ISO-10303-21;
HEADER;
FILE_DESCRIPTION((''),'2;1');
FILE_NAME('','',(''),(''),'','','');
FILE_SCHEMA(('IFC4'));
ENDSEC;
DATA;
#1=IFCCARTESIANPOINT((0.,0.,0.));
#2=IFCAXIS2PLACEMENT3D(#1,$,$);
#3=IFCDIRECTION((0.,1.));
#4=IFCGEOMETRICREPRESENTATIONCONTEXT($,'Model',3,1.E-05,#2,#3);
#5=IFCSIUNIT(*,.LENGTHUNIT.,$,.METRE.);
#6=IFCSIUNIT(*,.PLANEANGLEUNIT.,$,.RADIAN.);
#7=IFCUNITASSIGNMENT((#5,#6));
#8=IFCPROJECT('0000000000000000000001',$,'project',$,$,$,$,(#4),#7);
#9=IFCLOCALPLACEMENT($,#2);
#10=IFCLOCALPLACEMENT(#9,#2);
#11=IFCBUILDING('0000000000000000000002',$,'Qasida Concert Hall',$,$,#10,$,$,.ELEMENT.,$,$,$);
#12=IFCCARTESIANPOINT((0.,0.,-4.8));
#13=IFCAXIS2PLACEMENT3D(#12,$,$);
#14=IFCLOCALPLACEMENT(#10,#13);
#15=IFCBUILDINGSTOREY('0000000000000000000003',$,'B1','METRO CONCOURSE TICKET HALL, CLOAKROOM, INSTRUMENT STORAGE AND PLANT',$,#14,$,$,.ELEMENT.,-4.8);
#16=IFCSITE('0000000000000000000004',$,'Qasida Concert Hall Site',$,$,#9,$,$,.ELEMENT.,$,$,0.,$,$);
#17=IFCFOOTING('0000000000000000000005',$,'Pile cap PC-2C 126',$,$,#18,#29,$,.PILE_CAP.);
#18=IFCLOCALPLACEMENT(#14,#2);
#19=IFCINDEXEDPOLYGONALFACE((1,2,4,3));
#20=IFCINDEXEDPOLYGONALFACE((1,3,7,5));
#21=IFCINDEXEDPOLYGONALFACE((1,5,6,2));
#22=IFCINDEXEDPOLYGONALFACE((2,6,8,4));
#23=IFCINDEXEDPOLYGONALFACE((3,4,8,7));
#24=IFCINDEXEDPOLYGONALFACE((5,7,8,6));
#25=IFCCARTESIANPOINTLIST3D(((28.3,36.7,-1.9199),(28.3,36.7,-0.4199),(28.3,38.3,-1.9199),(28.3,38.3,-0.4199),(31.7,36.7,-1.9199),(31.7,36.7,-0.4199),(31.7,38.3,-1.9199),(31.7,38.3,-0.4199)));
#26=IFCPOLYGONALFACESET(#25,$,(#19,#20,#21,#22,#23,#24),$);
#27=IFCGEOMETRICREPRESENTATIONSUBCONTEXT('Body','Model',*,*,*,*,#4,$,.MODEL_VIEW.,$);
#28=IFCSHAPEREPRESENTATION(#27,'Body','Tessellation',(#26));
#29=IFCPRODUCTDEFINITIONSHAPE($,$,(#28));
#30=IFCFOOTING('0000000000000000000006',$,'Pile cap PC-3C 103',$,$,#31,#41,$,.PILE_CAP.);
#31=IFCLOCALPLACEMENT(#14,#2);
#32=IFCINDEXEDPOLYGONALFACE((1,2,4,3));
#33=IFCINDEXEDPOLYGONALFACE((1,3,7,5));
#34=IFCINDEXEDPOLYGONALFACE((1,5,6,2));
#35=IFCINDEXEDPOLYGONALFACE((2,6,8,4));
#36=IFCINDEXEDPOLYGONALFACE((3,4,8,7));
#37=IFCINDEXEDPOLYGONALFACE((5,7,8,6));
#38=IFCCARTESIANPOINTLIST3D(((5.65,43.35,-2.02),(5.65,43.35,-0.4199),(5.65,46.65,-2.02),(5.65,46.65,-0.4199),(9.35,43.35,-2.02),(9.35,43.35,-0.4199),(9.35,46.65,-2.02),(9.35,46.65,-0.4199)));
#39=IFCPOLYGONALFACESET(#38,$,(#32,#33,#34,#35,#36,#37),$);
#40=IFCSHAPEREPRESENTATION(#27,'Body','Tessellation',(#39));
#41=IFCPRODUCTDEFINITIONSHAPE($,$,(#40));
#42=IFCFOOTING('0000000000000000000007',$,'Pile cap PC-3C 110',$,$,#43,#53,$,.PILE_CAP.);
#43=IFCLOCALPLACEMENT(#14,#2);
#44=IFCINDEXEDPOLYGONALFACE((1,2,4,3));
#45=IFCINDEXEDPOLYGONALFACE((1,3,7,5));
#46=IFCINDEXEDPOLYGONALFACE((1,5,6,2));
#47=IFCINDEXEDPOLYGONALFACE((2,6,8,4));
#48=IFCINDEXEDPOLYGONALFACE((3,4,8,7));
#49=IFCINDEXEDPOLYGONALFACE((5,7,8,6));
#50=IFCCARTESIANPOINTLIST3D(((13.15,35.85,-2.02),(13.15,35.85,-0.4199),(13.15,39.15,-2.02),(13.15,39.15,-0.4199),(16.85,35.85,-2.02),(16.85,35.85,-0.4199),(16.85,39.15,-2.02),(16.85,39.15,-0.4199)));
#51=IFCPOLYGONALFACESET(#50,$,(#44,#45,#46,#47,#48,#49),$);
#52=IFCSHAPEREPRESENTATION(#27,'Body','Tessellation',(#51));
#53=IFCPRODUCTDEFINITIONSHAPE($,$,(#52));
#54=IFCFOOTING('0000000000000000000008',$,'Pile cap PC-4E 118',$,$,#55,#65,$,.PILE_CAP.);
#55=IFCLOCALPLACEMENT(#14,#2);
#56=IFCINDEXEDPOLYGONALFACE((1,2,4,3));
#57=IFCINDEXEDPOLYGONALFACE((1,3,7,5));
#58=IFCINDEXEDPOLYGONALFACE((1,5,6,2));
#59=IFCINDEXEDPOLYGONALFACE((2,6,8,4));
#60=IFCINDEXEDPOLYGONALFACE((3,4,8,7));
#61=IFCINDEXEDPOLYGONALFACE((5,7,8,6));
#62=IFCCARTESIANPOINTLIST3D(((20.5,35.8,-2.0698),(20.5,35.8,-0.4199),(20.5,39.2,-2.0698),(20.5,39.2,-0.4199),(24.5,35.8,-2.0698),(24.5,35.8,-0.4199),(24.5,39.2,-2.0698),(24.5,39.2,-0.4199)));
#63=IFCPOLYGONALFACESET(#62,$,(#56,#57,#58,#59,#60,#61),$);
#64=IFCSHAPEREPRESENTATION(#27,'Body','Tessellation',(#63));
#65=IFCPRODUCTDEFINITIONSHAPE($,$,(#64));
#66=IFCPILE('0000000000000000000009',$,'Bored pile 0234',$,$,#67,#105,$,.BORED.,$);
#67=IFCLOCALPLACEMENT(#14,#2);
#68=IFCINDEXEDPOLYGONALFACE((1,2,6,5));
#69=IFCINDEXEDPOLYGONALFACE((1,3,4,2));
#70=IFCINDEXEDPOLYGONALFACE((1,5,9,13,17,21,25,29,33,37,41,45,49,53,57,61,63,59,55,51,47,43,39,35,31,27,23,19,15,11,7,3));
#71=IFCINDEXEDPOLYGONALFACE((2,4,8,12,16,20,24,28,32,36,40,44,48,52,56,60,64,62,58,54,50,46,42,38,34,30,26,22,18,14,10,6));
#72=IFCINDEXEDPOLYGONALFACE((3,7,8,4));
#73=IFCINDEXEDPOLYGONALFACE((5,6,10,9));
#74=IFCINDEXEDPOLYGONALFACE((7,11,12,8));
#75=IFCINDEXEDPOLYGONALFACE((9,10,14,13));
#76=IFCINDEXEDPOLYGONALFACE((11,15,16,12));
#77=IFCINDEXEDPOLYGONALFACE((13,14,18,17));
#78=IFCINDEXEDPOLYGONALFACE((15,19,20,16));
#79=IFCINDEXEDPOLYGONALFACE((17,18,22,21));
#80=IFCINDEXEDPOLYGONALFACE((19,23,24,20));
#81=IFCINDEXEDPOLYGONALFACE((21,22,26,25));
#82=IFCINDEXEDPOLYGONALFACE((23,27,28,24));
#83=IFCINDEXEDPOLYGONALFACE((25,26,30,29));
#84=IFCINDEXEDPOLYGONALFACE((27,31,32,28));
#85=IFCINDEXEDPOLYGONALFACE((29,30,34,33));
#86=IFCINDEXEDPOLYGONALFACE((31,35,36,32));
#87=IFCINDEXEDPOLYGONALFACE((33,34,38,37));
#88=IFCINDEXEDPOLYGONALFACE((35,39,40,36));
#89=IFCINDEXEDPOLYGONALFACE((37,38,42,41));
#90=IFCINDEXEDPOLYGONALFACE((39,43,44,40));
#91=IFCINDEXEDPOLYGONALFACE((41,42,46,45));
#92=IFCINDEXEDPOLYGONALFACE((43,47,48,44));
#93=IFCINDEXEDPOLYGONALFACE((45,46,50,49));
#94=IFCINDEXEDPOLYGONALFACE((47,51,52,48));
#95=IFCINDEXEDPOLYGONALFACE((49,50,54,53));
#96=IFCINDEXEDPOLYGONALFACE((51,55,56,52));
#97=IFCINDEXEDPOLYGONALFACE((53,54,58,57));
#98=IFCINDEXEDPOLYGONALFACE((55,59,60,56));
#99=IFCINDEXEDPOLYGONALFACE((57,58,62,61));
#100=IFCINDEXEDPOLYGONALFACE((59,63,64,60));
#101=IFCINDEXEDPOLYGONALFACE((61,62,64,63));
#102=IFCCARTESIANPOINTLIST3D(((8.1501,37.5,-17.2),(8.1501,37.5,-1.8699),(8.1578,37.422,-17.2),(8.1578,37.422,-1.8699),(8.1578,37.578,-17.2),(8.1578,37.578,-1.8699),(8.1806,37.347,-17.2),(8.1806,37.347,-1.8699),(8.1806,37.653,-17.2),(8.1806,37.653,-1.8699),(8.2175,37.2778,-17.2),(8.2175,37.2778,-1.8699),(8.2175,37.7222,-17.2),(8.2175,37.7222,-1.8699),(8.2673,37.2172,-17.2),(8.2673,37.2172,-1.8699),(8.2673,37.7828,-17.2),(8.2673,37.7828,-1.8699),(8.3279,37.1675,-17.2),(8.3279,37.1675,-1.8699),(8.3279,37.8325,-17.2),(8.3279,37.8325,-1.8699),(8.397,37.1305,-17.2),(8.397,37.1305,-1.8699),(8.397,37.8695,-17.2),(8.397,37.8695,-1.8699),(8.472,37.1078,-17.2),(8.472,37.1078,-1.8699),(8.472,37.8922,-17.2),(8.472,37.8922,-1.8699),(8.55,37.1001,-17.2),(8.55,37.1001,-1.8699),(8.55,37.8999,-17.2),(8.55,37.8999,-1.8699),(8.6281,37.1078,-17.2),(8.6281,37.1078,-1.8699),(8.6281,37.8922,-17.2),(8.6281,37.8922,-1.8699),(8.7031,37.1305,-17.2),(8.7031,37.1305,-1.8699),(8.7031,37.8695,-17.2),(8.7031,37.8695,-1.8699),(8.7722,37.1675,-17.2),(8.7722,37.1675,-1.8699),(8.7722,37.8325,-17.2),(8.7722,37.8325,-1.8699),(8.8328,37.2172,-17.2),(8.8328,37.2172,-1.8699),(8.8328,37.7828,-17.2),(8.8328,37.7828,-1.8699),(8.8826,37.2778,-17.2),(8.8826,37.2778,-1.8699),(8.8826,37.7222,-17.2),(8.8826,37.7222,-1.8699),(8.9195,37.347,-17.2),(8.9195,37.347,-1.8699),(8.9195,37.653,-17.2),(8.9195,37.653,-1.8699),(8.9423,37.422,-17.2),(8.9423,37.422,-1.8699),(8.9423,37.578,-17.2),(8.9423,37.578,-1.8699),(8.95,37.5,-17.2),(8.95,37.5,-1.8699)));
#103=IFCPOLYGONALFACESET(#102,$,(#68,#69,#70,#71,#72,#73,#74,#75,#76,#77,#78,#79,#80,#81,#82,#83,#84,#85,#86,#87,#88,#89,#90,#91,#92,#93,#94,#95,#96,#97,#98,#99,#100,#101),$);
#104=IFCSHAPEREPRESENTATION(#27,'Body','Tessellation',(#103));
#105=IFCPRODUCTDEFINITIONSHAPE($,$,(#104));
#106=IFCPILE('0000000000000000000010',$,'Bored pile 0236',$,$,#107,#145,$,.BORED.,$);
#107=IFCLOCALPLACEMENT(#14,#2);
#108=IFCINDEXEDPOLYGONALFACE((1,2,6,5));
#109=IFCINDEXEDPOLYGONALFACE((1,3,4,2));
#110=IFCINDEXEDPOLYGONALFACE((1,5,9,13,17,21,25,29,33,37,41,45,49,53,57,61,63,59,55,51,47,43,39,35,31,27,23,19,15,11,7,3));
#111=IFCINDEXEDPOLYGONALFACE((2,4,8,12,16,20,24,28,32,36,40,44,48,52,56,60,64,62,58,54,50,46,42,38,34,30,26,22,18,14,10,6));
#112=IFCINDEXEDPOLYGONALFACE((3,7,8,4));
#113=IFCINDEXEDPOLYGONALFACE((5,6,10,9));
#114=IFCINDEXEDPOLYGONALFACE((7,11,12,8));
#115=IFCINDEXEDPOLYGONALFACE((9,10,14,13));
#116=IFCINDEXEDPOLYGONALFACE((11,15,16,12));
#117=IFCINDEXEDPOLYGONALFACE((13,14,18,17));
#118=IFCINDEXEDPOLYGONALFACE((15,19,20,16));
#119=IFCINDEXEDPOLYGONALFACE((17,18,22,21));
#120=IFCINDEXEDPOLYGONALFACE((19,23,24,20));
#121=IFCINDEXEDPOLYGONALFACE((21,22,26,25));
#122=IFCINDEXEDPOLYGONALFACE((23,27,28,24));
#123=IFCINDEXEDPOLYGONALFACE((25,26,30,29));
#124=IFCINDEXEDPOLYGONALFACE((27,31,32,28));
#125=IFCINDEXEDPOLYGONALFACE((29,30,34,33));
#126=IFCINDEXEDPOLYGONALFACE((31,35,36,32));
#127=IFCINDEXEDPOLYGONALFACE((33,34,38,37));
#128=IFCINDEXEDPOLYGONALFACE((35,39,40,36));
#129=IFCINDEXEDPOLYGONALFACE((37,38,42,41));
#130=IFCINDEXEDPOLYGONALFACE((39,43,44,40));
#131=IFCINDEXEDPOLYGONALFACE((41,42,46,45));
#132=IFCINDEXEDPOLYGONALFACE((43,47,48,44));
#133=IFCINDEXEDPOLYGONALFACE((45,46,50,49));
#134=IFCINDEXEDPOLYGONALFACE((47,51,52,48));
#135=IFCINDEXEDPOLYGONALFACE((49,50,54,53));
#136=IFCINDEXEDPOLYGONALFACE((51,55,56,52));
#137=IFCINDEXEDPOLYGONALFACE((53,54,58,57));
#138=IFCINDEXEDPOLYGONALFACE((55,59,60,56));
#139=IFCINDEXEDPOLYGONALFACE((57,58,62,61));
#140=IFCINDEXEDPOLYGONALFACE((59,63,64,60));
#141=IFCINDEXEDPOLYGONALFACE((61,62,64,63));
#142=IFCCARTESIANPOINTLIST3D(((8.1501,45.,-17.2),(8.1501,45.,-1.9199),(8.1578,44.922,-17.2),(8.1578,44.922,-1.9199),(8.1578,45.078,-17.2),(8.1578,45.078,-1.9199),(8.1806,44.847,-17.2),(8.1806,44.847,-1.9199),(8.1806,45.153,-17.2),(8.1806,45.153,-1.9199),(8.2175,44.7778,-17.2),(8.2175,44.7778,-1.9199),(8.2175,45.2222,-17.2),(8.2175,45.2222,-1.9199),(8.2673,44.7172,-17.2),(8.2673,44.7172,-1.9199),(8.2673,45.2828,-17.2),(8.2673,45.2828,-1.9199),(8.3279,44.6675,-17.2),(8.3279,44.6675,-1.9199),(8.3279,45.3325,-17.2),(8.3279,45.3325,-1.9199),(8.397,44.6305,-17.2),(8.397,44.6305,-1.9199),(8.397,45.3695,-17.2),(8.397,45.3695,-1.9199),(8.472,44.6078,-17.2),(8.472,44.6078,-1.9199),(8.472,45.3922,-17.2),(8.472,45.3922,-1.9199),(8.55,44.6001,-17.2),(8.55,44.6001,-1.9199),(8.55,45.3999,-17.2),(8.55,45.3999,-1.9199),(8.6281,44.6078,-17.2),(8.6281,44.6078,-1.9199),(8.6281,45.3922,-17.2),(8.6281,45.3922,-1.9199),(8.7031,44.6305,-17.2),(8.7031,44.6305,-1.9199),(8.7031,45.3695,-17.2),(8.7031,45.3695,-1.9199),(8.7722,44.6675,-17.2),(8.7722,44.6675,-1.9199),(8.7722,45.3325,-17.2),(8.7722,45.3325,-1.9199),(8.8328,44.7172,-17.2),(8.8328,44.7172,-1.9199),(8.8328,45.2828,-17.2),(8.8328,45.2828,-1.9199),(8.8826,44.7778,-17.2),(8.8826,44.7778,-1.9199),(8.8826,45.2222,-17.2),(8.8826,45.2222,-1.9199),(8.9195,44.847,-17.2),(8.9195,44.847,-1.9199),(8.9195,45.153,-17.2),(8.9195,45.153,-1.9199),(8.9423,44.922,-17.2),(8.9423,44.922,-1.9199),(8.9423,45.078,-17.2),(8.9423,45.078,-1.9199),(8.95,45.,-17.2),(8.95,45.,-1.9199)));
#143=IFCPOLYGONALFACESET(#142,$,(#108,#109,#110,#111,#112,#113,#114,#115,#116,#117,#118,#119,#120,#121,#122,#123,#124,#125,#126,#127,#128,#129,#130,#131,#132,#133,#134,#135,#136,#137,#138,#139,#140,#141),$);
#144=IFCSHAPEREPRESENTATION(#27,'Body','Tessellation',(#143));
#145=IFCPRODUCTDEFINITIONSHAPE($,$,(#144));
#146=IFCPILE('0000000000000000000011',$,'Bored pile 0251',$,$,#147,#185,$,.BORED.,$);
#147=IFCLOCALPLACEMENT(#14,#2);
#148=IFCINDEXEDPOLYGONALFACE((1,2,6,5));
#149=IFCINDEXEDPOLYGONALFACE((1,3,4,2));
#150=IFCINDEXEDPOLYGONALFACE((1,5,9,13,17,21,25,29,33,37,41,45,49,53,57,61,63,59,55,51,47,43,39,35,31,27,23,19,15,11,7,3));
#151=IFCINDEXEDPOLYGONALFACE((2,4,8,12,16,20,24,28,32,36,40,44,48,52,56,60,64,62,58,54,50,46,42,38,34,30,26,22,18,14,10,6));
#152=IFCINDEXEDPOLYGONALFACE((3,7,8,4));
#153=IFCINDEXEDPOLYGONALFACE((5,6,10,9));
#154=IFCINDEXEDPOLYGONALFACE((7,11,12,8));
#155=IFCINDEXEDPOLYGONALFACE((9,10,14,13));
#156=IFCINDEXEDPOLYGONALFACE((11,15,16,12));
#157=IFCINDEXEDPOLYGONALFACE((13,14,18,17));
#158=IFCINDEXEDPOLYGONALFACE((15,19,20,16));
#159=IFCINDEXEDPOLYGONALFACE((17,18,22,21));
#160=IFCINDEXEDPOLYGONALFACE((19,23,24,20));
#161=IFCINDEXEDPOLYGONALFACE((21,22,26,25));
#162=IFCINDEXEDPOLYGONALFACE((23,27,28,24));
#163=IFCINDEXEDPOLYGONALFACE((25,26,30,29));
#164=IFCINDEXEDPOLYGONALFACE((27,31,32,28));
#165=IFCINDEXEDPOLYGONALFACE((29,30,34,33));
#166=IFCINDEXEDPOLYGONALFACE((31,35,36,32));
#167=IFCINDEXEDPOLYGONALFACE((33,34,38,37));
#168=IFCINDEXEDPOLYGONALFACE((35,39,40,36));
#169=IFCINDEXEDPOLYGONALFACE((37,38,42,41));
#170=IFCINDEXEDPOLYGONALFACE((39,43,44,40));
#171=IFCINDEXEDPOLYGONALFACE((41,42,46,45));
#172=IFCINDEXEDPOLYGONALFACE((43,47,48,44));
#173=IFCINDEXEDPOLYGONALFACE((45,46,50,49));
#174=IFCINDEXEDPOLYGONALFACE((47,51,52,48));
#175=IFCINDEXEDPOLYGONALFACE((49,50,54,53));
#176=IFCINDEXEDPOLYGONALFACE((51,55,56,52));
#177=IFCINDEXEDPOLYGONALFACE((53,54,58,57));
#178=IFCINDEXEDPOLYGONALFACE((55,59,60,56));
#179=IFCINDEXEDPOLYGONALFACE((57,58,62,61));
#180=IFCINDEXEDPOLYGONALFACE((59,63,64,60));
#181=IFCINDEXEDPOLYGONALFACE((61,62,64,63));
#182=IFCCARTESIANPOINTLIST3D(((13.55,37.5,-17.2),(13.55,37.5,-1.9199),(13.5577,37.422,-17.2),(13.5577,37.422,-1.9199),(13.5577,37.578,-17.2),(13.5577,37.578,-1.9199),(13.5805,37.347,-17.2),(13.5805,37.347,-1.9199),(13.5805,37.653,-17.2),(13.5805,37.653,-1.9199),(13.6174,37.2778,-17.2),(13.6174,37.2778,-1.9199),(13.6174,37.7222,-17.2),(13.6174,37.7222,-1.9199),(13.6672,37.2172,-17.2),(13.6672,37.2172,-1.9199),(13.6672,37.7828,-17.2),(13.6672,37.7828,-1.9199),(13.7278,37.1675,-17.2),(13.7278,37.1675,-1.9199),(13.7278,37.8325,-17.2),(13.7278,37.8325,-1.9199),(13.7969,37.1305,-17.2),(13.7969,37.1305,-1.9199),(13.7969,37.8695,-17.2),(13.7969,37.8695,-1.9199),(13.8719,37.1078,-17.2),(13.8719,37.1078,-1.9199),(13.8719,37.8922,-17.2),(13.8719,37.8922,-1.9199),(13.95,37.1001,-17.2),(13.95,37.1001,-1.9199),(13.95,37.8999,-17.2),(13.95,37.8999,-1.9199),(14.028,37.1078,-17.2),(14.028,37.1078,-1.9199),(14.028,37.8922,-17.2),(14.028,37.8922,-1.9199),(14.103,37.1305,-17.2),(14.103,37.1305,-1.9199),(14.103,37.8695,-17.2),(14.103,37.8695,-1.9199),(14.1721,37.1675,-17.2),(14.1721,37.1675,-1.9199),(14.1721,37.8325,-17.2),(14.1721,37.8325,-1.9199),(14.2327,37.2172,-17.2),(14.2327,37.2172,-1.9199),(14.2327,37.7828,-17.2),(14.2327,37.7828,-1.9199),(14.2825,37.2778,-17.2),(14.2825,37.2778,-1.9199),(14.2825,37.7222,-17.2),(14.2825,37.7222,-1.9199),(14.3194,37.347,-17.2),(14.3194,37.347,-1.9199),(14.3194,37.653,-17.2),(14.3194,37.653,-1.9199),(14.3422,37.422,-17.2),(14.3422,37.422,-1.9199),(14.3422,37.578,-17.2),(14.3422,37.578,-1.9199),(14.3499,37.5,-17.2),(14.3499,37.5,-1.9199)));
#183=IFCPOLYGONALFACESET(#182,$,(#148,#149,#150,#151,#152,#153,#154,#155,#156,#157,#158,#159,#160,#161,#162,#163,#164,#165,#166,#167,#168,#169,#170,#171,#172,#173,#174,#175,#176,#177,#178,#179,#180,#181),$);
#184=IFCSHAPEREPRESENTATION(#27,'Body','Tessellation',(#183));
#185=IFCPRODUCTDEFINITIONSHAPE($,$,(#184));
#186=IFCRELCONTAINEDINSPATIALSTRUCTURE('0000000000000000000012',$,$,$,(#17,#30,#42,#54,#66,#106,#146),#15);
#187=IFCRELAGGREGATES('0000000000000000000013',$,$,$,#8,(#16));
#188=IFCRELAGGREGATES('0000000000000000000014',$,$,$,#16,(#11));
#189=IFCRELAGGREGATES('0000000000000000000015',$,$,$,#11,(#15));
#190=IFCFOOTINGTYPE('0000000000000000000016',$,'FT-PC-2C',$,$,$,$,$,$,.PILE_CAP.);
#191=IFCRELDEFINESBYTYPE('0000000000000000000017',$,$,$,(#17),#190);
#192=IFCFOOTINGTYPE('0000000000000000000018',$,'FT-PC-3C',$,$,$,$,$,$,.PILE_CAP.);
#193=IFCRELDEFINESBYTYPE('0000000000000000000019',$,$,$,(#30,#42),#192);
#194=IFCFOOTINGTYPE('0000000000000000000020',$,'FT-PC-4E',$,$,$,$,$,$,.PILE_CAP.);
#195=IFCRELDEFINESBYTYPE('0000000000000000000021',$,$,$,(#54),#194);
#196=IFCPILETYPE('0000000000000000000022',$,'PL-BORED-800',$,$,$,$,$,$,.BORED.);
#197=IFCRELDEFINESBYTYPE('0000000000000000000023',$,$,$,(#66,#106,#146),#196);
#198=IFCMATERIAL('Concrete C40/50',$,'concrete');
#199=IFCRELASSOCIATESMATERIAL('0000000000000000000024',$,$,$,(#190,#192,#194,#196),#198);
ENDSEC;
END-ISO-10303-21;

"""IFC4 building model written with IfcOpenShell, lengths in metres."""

from ifc_helpers import new_model, si_unit, direction, frame, origin, origin_2d, place, context, subcontext, project, spatial, rectangle, circle, extrude, material, material_profile, profile_set, type_object, element, save


model = new_model("IFC4")

# Units and contexts
model_context = context("Model", 3, precision=1e-05, world=origin(), true_north=direction((0.0, 1.0)))
body_context = subcontext(model_context, "Body", "Model", "MODEL_VIEW")
ifc_project = project(units=[si_unit("LENGTHUNIT", "METRE"), si_unit("PLANEANGLEUNIT", "RADIAN")], contexts=[model_context])

# Site, building, storey
site_placement = place(None, origin())
site = spatial("IfcSite", under=ifc_project, at=site_placement, Name="Qasida Concert Hall Site", CompositionType="ELEMENT", RefElevation=0.0)
building_placement = place(site_placement, origin())
building = spatial("IfcBuilding", under=site, at=building_placement, Name="Qasida Concert Hall", CompositionType="ELEMENT")
storey_placement = place(building_placement, frame((0.0, 0.0, -4.8)))
storey = spatial("IfcBuildingStorey", under=building, at=storey_placement, Name="B1", Description="METRO CONCOURSE TICKET HALL, CLOAKROOM, INSTRUMENT STORAGE AND PLANT", CompositionType="ELEMENT", Elevation=-4.8)

# Footings
ifc_material_1 = material(Name="Concrete C40/50", Category="concrete")
footing_type_1 = type_object("IfcFootingType", Name="FT-PC-2C", PredefinedType="PILE_CAP", material=ifc_material_1)
footing_1_placement = place(storey_placement, frame((30.0, 37.5, -1.9199), z_axis=(0.0, 0.0, 1.0), x_axis=(1.0, 0.0, 0.0)))
element("IfcFooting", 1, at=footing_1_placement, inside=storey, type_object=footing_type_1, Name="Pile cap PC-2C 126", PredefinedType="PILE_CAP", context=body_context, shape_type="SweptSolid", body=[
    extrude(rectangle(XDim=3.3999, YDim=1.6001, at=origin_2d()), origin(), (0.0, 0.0, 1.0), 1.5),
])
footing_type_2 = type_object("IfcFootingType", Name="FT-PC-3C", PredefinedType="PILE_CAP", material=ifc_material_1)
for number, where, z_axis, x_axis, name in (
    (2, (7.5, 45.0, -2.02), (0.0, 0.0, 1.0), (1.0, 0.0, 0.0), "Pile cap PC-3C 103"),
    (3, (15.0, 37.5, -2.02), (0.0, 0.0, 1.0), (1.0, 0.0, 0.0), "Pile cap PC-3C 110"),
):
    element("IfcFooting", number, at=place(storey_placement, frame(where, z_axis=z_axis, x_axis=x_axis)), inside=storey, type_object=footing_type_2, Name=name, PredefinedType="PILE_CAP", context=body_context, shape_type="SweptSolid", body=[
        extrude(rectangle(XDim=3.7, YDim=3.3, at=origin_2d()), origin(), (0.0, 0.0, 1.0), 1.6001),
    ])
footing_type_3 = type_object("IfcFootingType", Name="FT-PC-4E", PredefinedType="PILE_CAP", material=ifc_material_1)
footing_2_placement = place(storey_placement, frame((22.5, 37.5, -2.0698), z_axis=(0.0, 0.0, 1.0), x_axis=(1.0, 0.0, 0.0)))
element("IfcFooting", 4, at=footing_2_placement, inside=storey, type_object=footing_type_3, Name="Pile cap PC-4E 118", PredefinedType="PILE_CAP", context=body_context, shape_type="SweptSolid", body=[
    extrude(rectangle(XDim=4.0, YDim=3.3999, at=origin_2d()), origin(), (0.0, 0.0, 1.0), 1.6499),
])

# Piles
ifc_material_profile_1 = material_profile(ifc_material_1, circle(Radius=0.3999, at=origin_2d()), Name="BORED PILE D800")
ifc_profile_set_1 = profile_set([ifc_material_profile_1], Name="Concrete C40/50")
pile_type = type_object("IfcPileType", Name="PL-BORED-800", PredefinedType="BORED", material=ifc_profile_set_1)
pile_placement = place(storey_placement, frame((8.55, 37.5, -1.8699), z_axis=(0.0, 0.0, -1.0), x_axis=(1.0, 0.0, 0.0)))
element("IfcPile", 5, at=pile_placement, inside=storey, type_object=pile_type, Name="Bored pile 0234", PredefinedType="BORED", context=body_context, shape_type="SweptSolid", body=[
    extrude(circle(Radius=0.3999, at=origin_2d()), origin(), (0.0, 0.0, 1.0), 15.3301),
])
for number, where, z_axis, x_axis, name in (
    (6, (8.55, 45.0, -1.9199), (0.0, 0.0, -1.0), (1.0, 0.0, 0.0), "Bored pile 0236"),
    (7, (13.95, 37.5, -1.9199), (0.0, 0.0, -1.0), (1.0, 0.0, 0.0), "Bored pile 0251"),
):
    element("IfcPile", number, at=place(storey_placement, frame(where, z_axis=z_axis, x_axis=x_axis)), inside=storey, type_object=pile_type, Name=name, PredefinedType="BORED", context=body_context, shape_type="SweptSolid", body=[
        extrude(circle(Radius=0.3999, at=origin_2d()), origin(), (0.0, 0.0, 1.0), 15.28),
    ])

save(model, "model.ifc")
